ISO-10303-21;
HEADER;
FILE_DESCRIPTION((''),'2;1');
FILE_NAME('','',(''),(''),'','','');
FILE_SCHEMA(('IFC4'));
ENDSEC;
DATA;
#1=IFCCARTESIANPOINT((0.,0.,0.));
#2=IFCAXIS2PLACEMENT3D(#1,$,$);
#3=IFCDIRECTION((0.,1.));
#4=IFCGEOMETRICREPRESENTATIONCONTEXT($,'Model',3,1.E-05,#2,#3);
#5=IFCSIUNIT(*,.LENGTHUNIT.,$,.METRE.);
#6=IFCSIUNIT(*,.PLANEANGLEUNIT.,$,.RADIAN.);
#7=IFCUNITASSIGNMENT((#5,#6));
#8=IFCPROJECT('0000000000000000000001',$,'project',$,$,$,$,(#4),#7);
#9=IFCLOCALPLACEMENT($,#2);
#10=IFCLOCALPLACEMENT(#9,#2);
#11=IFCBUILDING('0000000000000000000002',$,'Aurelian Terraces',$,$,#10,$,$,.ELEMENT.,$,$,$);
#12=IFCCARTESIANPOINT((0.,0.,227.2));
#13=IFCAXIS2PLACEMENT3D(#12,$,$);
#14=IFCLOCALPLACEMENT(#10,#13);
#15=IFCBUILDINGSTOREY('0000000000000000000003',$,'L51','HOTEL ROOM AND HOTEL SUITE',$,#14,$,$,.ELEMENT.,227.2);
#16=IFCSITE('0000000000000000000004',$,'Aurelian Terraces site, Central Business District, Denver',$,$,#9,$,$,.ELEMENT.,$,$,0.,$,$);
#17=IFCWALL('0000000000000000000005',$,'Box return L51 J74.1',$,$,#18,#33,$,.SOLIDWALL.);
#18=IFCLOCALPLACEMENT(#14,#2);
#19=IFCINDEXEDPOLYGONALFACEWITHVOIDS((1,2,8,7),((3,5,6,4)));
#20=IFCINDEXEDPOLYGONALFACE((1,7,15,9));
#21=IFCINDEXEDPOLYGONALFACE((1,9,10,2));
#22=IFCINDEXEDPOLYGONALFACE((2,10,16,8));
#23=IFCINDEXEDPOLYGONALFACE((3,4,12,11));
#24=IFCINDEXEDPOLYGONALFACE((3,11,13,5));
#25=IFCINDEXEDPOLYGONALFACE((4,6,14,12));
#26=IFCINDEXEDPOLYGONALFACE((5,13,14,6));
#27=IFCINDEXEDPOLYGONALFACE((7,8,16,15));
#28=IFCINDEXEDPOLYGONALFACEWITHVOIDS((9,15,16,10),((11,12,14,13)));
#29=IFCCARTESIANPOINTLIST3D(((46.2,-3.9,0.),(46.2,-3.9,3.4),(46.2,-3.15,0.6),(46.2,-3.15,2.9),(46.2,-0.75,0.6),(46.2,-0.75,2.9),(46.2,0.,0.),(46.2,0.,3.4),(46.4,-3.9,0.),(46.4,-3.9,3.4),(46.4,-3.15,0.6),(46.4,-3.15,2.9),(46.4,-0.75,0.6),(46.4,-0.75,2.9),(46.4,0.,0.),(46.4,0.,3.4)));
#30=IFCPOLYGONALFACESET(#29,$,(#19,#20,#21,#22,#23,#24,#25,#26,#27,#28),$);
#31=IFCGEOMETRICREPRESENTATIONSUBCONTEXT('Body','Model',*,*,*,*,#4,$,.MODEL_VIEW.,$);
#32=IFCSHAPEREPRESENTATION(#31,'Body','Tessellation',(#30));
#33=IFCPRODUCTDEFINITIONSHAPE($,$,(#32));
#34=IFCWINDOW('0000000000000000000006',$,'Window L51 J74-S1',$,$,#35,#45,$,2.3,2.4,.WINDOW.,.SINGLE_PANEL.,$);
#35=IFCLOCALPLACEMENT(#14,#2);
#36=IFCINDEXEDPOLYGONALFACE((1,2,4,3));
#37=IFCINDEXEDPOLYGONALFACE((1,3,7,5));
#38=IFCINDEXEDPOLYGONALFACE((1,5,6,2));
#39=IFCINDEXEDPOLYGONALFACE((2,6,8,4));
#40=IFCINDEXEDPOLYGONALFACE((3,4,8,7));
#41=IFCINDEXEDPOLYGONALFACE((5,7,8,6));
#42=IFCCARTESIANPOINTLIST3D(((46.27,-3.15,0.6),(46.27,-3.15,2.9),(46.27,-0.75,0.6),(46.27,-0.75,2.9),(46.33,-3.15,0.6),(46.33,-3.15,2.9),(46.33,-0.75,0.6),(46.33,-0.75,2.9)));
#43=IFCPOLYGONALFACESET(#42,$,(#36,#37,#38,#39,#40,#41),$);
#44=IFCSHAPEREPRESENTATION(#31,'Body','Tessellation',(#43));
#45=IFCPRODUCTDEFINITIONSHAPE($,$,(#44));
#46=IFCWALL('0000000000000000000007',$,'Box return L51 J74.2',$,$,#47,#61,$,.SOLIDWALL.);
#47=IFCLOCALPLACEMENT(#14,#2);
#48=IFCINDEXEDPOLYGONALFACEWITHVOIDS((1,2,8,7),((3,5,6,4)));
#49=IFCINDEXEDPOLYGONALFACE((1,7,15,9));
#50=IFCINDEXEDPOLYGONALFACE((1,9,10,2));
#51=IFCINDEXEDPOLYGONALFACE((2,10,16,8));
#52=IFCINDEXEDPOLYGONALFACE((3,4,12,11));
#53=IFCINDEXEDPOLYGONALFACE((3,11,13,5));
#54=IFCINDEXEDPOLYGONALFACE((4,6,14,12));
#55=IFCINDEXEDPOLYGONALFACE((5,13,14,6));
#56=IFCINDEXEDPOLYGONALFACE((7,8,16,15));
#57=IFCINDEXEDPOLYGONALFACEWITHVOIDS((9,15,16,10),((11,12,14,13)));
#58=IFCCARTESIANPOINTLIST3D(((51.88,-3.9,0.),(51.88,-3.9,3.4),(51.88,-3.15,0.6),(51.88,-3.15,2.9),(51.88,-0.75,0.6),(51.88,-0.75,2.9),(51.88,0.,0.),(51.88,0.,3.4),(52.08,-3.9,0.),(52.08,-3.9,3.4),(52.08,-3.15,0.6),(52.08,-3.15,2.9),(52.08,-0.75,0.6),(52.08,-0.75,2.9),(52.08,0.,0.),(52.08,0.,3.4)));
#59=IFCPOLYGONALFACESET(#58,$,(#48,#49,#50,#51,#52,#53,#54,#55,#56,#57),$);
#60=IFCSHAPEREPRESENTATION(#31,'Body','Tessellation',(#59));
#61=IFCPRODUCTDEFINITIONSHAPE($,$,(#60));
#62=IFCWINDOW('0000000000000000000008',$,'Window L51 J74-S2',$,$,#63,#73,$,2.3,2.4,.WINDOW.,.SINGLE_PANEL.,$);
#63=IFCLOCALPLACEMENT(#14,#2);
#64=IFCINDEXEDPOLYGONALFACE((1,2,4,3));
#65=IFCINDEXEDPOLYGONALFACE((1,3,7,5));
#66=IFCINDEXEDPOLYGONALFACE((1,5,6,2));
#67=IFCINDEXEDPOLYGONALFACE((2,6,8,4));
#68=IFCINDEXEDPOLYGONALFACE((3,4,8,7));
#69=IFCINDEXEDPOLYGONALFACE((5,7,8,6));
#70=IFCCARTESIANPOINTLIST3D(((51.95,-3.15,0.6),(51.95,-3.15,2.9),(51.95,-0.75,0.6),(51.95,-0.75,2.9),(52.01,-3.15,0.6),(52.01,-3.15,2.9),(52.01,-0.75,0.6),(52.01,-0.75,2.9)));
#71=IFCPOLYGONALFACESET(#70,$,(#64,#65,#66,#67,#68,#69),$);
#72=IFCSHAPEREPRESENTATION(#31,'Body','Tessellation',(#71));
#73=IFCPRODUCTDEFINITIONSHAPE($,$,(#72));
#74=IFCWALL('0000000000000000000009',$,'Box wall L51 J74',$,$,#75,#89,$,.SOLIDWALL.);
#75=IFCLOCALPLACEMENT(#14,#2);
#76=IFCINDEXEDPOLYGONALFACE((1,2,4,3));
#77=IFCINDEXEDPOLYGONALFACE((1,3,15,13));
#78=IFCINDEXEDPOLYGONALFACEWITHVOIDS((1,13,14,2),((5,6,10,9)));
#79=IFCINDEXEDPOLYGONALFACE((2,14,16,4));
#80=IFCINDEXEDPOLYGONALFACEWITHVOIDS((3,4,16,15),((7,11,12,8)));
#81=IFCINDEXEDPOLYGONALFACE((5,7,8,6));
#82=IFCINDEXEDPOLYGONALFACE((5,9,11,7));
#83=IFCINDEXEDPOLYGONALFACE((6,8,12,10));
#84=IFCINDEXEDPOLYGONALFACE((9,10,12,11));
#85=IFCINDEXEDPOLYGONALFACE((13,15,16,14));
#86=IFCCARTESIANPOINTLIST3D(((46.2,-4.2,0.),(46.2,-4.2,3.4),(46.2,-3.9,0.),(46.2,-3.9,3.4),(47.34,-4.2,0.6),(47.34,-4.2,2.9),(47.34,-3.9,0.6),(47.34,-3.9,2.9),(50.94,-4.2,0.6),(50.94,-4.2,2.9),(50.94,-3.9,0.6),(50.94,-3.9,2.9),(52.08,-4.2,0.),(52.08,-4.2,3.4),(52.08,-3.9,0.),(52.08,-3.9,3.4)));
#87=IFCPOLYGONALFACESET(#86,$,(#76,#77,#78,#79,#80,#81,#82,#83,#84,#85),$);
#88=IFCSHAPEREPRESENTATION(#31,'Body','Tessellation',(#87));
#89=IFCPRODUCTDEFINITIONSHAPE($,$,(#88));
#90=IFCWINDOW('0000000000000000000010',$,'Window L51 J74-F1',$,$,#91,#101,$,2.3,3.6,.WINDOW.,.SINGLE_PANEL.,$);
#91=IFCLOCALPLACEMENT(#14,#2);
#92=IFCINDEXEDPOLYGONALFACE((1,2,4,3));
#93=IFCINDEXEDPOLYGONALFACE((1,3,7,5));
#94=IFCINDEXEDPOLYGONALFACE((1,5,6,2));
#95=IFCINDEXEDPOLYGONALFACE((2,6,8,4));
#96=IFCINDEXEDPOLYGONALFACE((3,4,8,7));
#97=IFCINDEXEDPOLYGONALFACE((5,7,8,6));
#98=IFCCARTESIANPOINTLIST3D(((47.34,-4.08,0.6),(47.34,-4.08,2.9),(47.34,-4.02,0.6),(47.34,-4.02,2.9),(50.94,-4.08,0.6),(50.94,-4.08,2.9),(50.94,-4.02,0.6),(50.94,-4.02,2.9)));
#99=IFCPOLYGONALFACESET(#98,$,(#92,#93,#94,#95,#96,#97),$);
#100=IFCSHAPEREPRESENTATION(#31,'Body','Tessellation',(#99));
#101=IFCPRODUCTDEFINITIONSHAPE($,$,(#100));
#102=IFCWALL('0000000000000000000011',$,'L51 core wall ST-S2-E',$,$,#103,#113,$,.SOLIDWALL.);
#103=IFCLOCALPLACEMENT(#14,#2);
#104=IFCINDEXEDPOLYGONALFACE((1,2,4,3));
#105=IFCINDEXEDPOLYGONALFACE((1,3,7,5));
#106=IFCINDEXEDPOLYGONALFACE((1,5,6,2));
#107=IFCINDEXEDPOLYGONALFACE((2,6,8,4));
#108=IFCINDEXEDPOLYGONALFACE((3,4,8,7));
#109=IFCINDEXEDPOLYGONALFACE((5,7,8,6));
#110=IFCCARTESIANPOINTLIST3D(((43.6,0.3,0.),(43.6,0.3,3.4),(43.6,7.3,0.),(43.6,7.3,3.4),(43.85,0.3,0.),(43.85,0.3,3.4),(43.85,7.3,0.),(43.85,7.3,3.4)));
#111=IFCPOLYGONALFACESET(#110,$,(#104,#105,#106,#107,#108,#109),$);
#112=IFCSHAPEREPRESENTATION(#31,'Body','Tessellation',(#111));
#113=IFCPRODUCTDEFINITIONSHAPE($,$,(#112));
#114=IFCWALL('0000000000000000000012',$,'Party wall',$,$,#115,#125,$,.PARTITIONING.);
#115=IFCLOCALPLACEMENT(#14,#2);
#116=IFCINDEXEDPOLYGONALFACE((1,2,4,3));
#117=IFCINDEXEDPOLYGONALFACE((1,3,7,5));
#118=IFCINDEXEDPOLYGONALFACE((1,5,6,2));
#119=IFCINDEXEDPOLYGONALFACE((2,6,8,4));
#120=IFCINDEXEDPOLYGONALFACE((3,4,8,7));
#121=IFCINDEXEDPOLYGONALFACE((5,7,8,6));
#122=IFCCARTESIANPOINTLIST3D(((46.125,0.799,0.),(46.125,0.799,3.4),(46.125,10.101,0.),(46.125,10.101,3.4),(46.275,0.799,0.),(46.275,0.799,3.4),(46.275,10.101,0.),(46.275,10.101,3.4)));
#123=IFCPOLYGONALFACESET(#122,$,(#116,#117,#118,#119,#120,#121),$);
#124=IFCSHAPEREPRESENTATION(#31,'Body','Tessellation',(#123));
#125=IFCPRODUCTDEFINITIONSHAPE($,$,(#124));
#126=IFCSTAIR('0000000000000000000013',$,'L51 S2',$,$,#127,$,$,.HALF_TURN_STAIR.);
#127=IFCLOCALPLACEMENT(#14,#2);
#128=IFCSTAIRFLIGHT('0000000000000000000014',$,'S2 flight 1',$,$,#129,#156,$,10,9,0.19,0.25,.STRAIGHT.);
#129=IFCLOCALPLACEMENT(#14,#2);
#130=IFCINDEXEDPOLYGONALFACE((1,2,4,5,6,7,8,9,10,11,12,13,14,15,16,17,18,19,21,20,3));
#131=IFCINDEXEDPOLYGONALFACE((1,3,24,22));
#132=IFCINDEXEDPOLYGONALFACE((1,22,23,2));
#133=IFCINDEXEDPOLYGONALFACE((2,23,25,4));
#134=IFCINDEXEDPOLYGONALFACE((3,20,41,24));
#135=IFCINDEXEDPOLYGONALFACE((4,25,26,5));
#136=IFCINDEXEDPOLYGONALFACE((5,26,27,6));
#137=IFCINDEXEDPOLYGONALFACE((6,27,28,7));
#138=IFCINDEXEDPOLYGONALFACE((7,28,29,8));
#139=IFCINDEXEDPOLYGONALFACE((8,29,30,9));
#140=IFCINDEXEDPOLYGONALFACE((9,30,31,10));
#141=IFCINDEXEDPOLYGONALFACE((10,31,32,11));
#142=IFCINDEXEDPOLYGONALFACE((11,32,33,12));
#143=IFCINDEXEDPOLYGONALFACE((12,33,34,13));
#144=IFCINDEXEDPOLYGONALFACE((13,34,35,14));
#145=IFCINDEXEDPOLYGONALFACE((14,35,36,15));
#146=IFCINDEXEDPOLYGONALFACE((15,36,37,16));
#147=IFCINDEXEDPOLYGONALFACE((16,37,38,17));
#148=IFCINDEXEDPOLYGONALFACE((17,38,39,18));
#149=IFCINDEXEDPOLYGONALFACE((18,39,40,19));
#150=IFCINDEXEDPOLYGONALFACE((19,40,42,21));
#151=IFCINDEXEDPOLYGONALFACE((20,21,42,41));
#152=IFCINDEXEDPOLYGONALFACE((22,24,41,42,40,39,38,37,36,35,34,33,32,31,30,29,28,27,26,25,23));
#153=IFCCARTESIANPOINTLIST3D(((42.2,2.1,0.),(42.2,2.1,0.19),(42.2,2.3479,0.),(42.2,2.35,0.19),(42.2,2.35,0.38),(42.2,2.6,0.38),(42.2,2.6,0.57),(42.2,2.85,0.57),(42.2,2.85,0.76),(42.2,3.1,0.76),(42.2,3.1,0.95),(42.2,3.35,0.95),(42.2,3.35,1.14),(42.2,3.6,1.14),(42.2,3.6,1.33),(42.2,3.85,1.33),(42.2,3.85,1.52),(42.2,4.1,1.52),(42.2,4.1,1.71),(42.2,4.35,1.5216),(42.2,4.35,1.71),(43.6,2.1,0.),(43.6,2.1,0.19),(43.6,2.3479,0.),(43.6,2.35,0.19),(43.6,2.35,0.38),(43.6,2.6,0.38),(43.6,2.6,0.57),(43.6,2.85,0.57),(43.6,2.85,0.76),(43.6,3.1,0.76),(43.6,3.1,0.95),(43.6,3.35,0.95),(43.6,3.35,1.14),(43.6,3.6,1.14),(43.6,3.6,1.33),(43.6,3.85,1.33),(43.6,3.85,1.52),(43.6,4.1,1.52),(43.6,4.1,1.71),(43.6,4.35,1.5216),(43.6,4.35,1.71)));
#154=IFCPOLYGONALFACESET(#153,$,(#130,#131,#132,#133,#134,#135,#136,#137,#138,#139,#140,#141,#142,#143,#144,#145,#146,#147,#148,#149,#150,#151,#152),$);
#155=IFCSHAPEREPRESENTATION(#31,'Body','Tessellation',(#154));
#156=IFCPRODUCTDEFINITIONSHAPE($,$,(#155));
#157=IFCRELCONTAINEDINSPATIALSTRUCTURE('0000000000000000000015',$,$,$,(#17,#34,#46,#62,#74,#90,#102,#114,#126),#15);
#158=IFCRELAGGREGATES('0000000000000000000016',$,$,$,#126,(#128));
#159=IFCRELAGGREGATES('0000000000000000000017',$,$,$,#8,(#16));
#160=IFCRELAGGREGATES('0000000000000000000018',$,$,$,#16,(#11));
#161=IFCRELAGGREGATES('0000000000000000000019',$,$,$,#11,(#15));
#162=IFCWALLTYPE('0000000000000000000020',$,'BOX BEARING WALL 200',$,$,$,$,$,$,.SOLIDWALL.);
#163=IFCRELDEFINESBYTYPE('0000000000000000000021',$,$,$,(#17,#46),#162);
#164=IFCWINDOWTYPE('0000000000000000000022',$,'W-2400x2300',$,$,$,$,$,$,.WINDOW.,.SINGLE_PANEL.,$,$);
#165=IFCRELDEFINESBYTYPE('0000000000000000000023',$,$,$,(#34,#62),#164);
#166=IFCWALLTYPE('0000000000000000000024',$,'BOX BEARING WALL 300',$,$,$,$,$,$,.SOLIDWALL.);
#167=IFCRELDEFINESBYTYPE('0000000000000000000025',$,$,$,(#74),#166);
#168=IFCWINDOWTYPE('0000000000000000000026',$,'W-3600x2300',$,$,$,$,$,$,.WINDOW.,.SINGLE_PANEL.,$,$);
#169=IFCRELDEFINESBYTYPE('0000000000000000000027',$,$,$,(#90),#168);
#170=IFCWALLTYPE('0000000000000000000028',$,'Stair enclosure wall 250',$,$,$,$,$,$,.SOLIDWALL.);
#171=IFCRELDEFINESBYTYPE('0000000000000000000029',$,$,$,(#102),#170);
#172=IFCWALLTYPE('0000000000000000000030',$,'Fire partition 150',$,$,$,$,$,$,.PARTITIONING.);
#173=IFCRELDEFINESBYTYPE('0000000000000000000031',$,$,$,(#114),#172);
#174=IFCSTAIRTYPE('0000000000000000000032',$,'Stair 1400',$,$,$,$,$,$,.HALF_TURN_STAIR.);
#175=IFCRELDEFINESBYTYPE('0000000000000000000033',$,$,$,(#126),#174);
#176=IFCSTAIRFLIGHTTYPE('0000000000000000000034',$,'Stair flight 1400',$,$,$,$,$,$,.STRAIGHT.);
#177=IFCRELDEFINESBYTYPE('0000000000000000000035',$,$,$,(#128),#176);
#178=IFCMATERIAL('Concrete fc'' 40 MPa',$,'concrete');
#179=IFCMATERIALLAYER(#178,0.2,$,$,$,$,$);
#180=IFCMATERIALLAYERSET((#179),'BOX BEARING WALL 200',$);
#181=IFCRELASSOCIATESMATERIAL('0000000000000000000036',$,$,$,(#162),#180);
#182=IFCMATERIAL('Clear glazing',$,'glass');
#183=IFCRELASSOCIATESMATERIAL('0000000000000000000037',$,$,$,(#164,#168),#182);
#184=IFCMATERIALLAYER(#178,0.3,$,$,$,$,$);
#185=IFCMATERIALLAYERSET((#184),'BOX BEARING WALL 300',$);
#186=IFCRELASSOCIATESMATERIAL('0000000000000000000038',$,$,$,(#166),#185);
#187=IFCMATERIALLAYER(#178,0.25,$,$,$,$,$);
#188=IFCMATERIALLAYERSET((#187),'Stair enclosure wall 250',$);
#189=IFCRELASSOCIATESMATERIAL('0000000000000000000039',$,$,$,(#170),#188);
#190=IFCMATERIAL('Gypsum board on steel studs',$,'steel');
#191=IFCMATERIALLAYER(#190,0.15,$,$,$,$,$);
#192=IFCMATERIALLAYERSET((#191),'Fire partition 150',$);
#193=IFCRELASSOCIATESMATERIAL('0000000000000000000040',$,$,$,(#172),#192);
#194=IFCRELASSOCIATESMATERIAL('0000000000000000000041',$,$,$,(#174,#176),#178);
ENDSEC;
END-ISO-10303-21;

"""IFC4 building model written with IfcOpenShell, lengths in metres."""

from ifc_helpers import new_model, si_unit, direction, frame, frame_2d, origin, place, context, subcontext, project, spatial, polyline, rectangle, outline, extrude, source, transform, mapped, material, layer, layer_set, type_object, element, fill, aggregate, save


model = new_model("IFC4")

# Units and contexts
model_context = context("Model", 3, precision=1e-05, world=origin(), true_north=direction((0.0, 1.0)))
body_context = subcontext(model_context, "Body", "Model", "MODEL_VIEW")
ifc_project = project(units=[si_unit("LENGTHUNIT", "METRE"), si_unit("PLANEANGLEUNIT", "RADIAN")], contexts=[model_context])

# Site, building, storey
site_placement = place(None, origin())
site = spatial("IfcSite", under=ifc_project, at=site_placement, Name="Aurelian Terraces site, Central Business District, Denver", CompositionType="ELEMENT", RefElevation=0.0)
building_placement = place(site_placement, origin())
building = spatial("IfcBuilding", under=site, at=building_placement, Name="Aurelian Terraces", CompositionType="ELEMENT")
storey_placement = place(building_placement, frame((0.0, 0.0, 227.2)))
storey = spatial("IfcBuildingStorey", under=building, at=storey_placement, Name="L51", Description="HOTEL ROOM AND HOTEL SUITE", CompositionType="ELEMENT", Elevation=227.2)

# Shared definitions
ifc_material_1 = material(Name="Clear glazing", Category="glass")

# Walls, openings, windows
ifc_material_2 = material(Name="Concrete fc' 40 MPa", Category="concrete")
ifc_layer_1 = layer(ifc_material_2, 0.2)
ifc_layer_set_1 = layer_set([ifc_layer_1], Name="BOX BEARING WALL 200")
wall_type_1 = type_object("IfcWallType", Name="BOX BEARING WALL 200", PredefinedType="SOLIDWALL", material=ifc_layer_set_1)
shared_shape_1 = source(origin(), body_context, "Body", "SweptSolid", [
    extrude(rectangle(XDim=3.9, YDim=0.2, at=frame_2d((1.95, 0.0))), origin(), (0.0, 0.0, 1.0), 3.4),
])
wall_1_placement = place(storey_placement, frame((46.3, 0.0, 0.0), z_axis=(0.0, 0.0, 1.0), x_axis=(0.0, -1.0, 0.0)))
wall_1 = element("IfcWall", 1, at=wall_1_placement, inside=storey, type_object=wall_type_1, Name="Box return L51 J74.1", PredefinedType="SOLIDWALL", context=body_context, shape_type="MappedRepresentation", body=[
    mapped(shared_shape_1, transform((0.0, 0.0, 0.0), scale=1.0)),
])
shared_shape_2 = source(origin(), body_context, "Body", "SweptSolid", [
    extrude(rectangle(XDim=2.4, YDim=2.3, at=frame_2d((1.2, 1.15))), frame((0.0, 0.11, 0.0), z_axis=(0.0, -1.0, 0.0), x_axis=(1.0, 0.0, 0.0)), (0.0, 0.0, 1.0), 0.22),
])
opening_1_placement = place(wall_1_placement, frame((0.75, 0.0, 0.6)))
opening_1 = element("IfcOpeningElement", 2, at=opening_1_placement, cuts=wall_1, PredefinedType="OPENING", context=body_context, shape_type="MappedRepresentation", body=[
    mapped(shared_shape_2, transform((0.0, 0.0, 0.0), scale=1.0)),
])
window_type_1 = type_object("IfcWindowType", Name="W-2400x2300", PartitioningType="SINGLE_PANEL", PredefinedType="WINDOW", material=ifc_material_1)
shared_shape_3 = source(origin(), body_context, "Body", "SweptSolid", [
    extrude(rectangle(XDim=2.4, YDim=2.3, at=frame_2d((1.2, 1.15))), frame((0.0, 0.03, 0.0), z_axis=(0.0, -1.0, 0.0), x_axis=(1.0, 0.0, 0.0)), (0.0, 0.0, 1.0), 0.06),
])
window_1_placement = place(opening_1_placement, origin())
window_1 = element("IfcWindow", 3, at=window_1_placement, inside=storey, type_object=window_type_1, Name="Window L51 J74-S1", OverallHeight=2.3, OverallWidth=2.4, PartitioningType="SINGLE_PANEL", PredefinedType="WINDOW", context=body_context, shape_type="MappedRepresentation", body=[
    mapped(shared_shape_3, transform((0.0, 0.0, 0.0), scale=1.0)),
])
fill(opening_1, window_1)
wall_2_placement = place(storey_placement, frame((51.98, 0.0, 0.0), z_axis=(0.0, 0.0, 1.0), x_axis=(0.0, -1.0, 0.0)))
wall_2 = element("IfcWall", 4, at=wall_2_placement, inside=storey, type_object=wall_type_1, Name="Box return L51 J74.2", PredefinedType="SOLIDWALL", context=body_context, shape_type="MappedRepresentation", body=[
    mapped(shared_shape_1, transform((0.0, 0.0, 0.0), scale=1.0)),
])
opening_2_placement = place(wall_2_placement, frame((0.75, 0.0, 0.6)))
opening_2 = element("IfcOpeningElement", 5, at=opening_2_placement, cuts=wall_2, PredefinedType="OPENING", context=body_context, shape_type="MappedRepresentation", body=[
    mapped(shared_shape_2, transform((0.0, 0.0, 0.0), scale=1.0)),
])
window_2_placement = place(opening_2_placement, origin())
window_2 = element("IfcWindow", 6, at=window_2_placement, inside=storey, type_object=window_type_1, Name="Window L51 J74-S2", OverallHeight=2.3, OverallWidth=2.4, PartitioningType="SINGLE_PANEL", PredefinedType="WINDOW", context=body_context, shape_type="MappedRepresentation", body=[
    mapped(shared_shape_3, transform((0.0, 0.0, 0.0), scale=1.0)),
])
fill(opening_2, window_2)
ifc_layer_2 = layer(ifc_material_2, 0.3)
ifc_layer_set_2 = layer_set([ifc_layer_2], Name="BOX BEARING WALL 300")
wall_type_2 = type_object("IfcWallType", Name="BOX BEARING WALL 300", PredefinedType="SOLIDWALL", material=ifc_layer_set_2)
shared_shape_4 = source(origin(), body_context, "Body", "SweptSolid", [
    extrude(rectangle(XDim=5.88, YDim=0.3, at=frame_2d((2.94, 0.0))), origin(), (0.0, 0.0, 1.0), 3.4),
])
wall_3_placement = place(storey_placement, frame((46.2, -4.05, 0.0), z_axis=(0.0, 0.0, 1.0), x_axis=(1.0, 0.0, 0.0)))
wall_3 = element("IfcWall", 7, at=wall_3_placement, inside=storey, type_object=wall_type_2, Name="Box wall L51 J74", PredefinedType="SOLIDWALL", context=body_context, shape_type="MappedRepresentation", body=[
    mapped(shared_shape_4, transform((0.0, 0.0, 0.0), scale=1.0)),
])
shared_shape_5 = source(origin(), body_context, "Body", "SweptSolid", [
    extrude(rectangle(XDim=3.6, YDim=2.3, at=frame_2d((1.8, 1.15))), frame((0.0, 0.16, 0.0), z_axis=(0.0, -1.0, 0.0), x_axis=(1.0, 0.0, 0.0)), (0.0, 0.0, 1.0), 0.32),
])
opening_3_placement = place(wall_3_placement, frame((1.14, 0.0, 0.6)))
opening_3 = element("IfcOpeningElement", 8, at=opening_3_placement, cuts=wall_3, PredefinedType="OPENING", context=body_context, shape_type="MappedRepresentation", body=[
    mapped(shared_shape_5, transform((0.0, 0.0, 0.0), scale=1.0)),
])
window_type_2 = type_object("IfcWindowType", Name="W-3600x2300", PartitioningType="SINGLE_PANEL", PredefinedType="WINDOW", material=ifc_material_1)
shared_shape_6 = source(origin(), body_context, "Body", "SweptSolid", [
    extrude(rectangle(XDim=3.6, YDim=2.3, at=frame_2d((1.8, 1.15))), frame((0.0, 0.03, 0.0), z_axis=(0.0, -1.0, 0.0), x_axis=(1.0, 0.0, 0.0)), (0.0, 0.0, 1.0), 0.06),
])
window_3_placement = place(opening_3_placement, origin())
window_3 = element("IfcWindow", 9, at=window_3_placement, inside=storey, type_object=window_type_2, Name="Window L51 J74-F1", OverallHeight=2.3, OverallWidth=3.6, PartitioningType="SINGLE_PANEL", PredefinedType="WINDOW", context=body_context, shape_type="MappedRepresentation", body=[
    mapped(shared_shape_6, transform((0.0, 0.0, 0.0), scale=1.0)),
])
fill(opening_3, window_3)

# Walls
ifc_layer_3 = layer(ifc_material_2, 0.25)
ifc_layer_set_3 = layer_set([ifc_layer_3], Name="Stair enclosure wall 250")
wall_type_3 = type_object("IfcWallType", Name="Stair enclosure wall 250", PredefinedType="SOLIDWALL", material=ifc_layer_set_3)
shared_shape_7 = source(origin(), body_context, "Body", "SweptSolid", [
    extrude(rectangle(XDim=7.0, YDim=0.25, at=frame_2d((3.5, 0.0))), origin(), (0.0, 0.0, 1.0), 3.4),
])
wall_4_placement = place(storey_placement, frame((43.725, 0.3, 0.0), z_axis=(0.0, 0.0, 1.0), x_axis=(0.0, 1.0, 0.0)))
element("IfcWall", 10, at=wall_4_placement, inside=storey, type_object=wall_type_3, Name="L51 core wall ST-S2-E", PredefinedType="SOLIDWALL", context=body_context, shape_type="MappedRepresentation", body=[
    mapped(shared_shape_7, transform((0.0, 0.0, 0.0), scale=1.0)),
])
ifc_material_3 = material(Name="Gypsum board on steel studs", Category="steel")
ifc_layer_4 = layer(ifc_material_3, 0.15)
ifc_layer_set_4 = layer_set([ifc_layer_4], Name="Fire partition 150")
wall_type_4 = type_object("IfcWallType", Name="Fire partition 150", PredefinedType="PARTITIONING", material=ifc_layer_set_4)
shared_shape_8 = source(origin(), body_context, "Body", "SweptSolid", [
    extrude(rectangle(XDim=9.302, YDim=0.15, at=frame_2d((4.651, 0.0))), origin(), (0.0, 0.0, 1.0), 3.4),
])
wall_5_placement = place(storey_placement, frame((46.2, 0.799, 0.0), z_axis=(0.0, 0.0, 1.0), x_axis=(0.0, 1.0, 0.0)))
element("IfcWall", 11, at=wall_5_placement, inside=storey, type_object=wall_type_4, Name="Party wall", PredefinedType="PARTITIONING", context=body_context, shape_type="MappedRepresentation", body=[
    mapped(shared_shape_8, transform((0.0, 0.0, 0.0), scale=1.0)),
])

# Stair, stair flight
stair_type = type_object("IfcStairType", Name="Stair 1400", PredefinedType="HALF_TURN_STAIR", material=ifc_material_2)
stair_placement = place(storey_placement, origin())
stair = element("IfcStair", 12, at=stair_placement, inside=storey, type_object=stair_type, Name="L51 S2", PredefinedType="HALF_TURN_STAIR")
stair_flight_type = type_object("IfcStairFlightType", Name="Stair flight 1400", PredefinedType="STRAIGHT", material=ifc_material_2)
shared_shape_9 = source(origin(), body_context, "Body", "SweptSolid", [
    extrude(outline(polyline([(0.0, 0.0), (0.0, 0.19), (0.25, 0.19), (0.25, 0.38), (0.5, 0.38), (0.5, 0.57), (0.75, 0.57), (0.75, 0.76), (1.0, 0.76), (1.0, 0.95), (1.25, 0.95), (1.25, 1.14), (1.5, 1.14), (1.5, 1.33), (1.75, 1.33), (1.75, 1.52), (2.0, 1.52), (2.0, 1.71), (2.25, 1.71), (2.25, 1.9), (2.25, 1.5216), (0.2479, 0.0), (0.0, 0.0)])), frame((0.0, 0.7, 0.0), z_axis=(0.0, -1.0, 0.0), x_axis=(1.0, 0.0, 0.0)), (0.0, 0.0, 1.0), 1.4),
])
stair_flight_placement = place(storey_placement, frame((42.9, 2.1, 0.0), z_axis=(0.0, 0.0, 1.0), x_axis=(0.0, 1.0, 0.0)))
stair_flight = element("IfcStairFlight", 13, at=stair_flight_placement, type_object=stair_flight_type, Name="S2 flight 1", NumberOfRisers=10, NumberOfTreads=9, PredefinedType="STRAIGHT", RiserHeight=0.19, TreadLength=0.25, context=body_context, shape_type="MappedRepresentation", body=[
    mapped(shared_shape_9, transform((0.0, 0.0, 0.0), scale=1.0)),
])
aggregate(stair, [stair_flight])

save(model, "model.ifc")
